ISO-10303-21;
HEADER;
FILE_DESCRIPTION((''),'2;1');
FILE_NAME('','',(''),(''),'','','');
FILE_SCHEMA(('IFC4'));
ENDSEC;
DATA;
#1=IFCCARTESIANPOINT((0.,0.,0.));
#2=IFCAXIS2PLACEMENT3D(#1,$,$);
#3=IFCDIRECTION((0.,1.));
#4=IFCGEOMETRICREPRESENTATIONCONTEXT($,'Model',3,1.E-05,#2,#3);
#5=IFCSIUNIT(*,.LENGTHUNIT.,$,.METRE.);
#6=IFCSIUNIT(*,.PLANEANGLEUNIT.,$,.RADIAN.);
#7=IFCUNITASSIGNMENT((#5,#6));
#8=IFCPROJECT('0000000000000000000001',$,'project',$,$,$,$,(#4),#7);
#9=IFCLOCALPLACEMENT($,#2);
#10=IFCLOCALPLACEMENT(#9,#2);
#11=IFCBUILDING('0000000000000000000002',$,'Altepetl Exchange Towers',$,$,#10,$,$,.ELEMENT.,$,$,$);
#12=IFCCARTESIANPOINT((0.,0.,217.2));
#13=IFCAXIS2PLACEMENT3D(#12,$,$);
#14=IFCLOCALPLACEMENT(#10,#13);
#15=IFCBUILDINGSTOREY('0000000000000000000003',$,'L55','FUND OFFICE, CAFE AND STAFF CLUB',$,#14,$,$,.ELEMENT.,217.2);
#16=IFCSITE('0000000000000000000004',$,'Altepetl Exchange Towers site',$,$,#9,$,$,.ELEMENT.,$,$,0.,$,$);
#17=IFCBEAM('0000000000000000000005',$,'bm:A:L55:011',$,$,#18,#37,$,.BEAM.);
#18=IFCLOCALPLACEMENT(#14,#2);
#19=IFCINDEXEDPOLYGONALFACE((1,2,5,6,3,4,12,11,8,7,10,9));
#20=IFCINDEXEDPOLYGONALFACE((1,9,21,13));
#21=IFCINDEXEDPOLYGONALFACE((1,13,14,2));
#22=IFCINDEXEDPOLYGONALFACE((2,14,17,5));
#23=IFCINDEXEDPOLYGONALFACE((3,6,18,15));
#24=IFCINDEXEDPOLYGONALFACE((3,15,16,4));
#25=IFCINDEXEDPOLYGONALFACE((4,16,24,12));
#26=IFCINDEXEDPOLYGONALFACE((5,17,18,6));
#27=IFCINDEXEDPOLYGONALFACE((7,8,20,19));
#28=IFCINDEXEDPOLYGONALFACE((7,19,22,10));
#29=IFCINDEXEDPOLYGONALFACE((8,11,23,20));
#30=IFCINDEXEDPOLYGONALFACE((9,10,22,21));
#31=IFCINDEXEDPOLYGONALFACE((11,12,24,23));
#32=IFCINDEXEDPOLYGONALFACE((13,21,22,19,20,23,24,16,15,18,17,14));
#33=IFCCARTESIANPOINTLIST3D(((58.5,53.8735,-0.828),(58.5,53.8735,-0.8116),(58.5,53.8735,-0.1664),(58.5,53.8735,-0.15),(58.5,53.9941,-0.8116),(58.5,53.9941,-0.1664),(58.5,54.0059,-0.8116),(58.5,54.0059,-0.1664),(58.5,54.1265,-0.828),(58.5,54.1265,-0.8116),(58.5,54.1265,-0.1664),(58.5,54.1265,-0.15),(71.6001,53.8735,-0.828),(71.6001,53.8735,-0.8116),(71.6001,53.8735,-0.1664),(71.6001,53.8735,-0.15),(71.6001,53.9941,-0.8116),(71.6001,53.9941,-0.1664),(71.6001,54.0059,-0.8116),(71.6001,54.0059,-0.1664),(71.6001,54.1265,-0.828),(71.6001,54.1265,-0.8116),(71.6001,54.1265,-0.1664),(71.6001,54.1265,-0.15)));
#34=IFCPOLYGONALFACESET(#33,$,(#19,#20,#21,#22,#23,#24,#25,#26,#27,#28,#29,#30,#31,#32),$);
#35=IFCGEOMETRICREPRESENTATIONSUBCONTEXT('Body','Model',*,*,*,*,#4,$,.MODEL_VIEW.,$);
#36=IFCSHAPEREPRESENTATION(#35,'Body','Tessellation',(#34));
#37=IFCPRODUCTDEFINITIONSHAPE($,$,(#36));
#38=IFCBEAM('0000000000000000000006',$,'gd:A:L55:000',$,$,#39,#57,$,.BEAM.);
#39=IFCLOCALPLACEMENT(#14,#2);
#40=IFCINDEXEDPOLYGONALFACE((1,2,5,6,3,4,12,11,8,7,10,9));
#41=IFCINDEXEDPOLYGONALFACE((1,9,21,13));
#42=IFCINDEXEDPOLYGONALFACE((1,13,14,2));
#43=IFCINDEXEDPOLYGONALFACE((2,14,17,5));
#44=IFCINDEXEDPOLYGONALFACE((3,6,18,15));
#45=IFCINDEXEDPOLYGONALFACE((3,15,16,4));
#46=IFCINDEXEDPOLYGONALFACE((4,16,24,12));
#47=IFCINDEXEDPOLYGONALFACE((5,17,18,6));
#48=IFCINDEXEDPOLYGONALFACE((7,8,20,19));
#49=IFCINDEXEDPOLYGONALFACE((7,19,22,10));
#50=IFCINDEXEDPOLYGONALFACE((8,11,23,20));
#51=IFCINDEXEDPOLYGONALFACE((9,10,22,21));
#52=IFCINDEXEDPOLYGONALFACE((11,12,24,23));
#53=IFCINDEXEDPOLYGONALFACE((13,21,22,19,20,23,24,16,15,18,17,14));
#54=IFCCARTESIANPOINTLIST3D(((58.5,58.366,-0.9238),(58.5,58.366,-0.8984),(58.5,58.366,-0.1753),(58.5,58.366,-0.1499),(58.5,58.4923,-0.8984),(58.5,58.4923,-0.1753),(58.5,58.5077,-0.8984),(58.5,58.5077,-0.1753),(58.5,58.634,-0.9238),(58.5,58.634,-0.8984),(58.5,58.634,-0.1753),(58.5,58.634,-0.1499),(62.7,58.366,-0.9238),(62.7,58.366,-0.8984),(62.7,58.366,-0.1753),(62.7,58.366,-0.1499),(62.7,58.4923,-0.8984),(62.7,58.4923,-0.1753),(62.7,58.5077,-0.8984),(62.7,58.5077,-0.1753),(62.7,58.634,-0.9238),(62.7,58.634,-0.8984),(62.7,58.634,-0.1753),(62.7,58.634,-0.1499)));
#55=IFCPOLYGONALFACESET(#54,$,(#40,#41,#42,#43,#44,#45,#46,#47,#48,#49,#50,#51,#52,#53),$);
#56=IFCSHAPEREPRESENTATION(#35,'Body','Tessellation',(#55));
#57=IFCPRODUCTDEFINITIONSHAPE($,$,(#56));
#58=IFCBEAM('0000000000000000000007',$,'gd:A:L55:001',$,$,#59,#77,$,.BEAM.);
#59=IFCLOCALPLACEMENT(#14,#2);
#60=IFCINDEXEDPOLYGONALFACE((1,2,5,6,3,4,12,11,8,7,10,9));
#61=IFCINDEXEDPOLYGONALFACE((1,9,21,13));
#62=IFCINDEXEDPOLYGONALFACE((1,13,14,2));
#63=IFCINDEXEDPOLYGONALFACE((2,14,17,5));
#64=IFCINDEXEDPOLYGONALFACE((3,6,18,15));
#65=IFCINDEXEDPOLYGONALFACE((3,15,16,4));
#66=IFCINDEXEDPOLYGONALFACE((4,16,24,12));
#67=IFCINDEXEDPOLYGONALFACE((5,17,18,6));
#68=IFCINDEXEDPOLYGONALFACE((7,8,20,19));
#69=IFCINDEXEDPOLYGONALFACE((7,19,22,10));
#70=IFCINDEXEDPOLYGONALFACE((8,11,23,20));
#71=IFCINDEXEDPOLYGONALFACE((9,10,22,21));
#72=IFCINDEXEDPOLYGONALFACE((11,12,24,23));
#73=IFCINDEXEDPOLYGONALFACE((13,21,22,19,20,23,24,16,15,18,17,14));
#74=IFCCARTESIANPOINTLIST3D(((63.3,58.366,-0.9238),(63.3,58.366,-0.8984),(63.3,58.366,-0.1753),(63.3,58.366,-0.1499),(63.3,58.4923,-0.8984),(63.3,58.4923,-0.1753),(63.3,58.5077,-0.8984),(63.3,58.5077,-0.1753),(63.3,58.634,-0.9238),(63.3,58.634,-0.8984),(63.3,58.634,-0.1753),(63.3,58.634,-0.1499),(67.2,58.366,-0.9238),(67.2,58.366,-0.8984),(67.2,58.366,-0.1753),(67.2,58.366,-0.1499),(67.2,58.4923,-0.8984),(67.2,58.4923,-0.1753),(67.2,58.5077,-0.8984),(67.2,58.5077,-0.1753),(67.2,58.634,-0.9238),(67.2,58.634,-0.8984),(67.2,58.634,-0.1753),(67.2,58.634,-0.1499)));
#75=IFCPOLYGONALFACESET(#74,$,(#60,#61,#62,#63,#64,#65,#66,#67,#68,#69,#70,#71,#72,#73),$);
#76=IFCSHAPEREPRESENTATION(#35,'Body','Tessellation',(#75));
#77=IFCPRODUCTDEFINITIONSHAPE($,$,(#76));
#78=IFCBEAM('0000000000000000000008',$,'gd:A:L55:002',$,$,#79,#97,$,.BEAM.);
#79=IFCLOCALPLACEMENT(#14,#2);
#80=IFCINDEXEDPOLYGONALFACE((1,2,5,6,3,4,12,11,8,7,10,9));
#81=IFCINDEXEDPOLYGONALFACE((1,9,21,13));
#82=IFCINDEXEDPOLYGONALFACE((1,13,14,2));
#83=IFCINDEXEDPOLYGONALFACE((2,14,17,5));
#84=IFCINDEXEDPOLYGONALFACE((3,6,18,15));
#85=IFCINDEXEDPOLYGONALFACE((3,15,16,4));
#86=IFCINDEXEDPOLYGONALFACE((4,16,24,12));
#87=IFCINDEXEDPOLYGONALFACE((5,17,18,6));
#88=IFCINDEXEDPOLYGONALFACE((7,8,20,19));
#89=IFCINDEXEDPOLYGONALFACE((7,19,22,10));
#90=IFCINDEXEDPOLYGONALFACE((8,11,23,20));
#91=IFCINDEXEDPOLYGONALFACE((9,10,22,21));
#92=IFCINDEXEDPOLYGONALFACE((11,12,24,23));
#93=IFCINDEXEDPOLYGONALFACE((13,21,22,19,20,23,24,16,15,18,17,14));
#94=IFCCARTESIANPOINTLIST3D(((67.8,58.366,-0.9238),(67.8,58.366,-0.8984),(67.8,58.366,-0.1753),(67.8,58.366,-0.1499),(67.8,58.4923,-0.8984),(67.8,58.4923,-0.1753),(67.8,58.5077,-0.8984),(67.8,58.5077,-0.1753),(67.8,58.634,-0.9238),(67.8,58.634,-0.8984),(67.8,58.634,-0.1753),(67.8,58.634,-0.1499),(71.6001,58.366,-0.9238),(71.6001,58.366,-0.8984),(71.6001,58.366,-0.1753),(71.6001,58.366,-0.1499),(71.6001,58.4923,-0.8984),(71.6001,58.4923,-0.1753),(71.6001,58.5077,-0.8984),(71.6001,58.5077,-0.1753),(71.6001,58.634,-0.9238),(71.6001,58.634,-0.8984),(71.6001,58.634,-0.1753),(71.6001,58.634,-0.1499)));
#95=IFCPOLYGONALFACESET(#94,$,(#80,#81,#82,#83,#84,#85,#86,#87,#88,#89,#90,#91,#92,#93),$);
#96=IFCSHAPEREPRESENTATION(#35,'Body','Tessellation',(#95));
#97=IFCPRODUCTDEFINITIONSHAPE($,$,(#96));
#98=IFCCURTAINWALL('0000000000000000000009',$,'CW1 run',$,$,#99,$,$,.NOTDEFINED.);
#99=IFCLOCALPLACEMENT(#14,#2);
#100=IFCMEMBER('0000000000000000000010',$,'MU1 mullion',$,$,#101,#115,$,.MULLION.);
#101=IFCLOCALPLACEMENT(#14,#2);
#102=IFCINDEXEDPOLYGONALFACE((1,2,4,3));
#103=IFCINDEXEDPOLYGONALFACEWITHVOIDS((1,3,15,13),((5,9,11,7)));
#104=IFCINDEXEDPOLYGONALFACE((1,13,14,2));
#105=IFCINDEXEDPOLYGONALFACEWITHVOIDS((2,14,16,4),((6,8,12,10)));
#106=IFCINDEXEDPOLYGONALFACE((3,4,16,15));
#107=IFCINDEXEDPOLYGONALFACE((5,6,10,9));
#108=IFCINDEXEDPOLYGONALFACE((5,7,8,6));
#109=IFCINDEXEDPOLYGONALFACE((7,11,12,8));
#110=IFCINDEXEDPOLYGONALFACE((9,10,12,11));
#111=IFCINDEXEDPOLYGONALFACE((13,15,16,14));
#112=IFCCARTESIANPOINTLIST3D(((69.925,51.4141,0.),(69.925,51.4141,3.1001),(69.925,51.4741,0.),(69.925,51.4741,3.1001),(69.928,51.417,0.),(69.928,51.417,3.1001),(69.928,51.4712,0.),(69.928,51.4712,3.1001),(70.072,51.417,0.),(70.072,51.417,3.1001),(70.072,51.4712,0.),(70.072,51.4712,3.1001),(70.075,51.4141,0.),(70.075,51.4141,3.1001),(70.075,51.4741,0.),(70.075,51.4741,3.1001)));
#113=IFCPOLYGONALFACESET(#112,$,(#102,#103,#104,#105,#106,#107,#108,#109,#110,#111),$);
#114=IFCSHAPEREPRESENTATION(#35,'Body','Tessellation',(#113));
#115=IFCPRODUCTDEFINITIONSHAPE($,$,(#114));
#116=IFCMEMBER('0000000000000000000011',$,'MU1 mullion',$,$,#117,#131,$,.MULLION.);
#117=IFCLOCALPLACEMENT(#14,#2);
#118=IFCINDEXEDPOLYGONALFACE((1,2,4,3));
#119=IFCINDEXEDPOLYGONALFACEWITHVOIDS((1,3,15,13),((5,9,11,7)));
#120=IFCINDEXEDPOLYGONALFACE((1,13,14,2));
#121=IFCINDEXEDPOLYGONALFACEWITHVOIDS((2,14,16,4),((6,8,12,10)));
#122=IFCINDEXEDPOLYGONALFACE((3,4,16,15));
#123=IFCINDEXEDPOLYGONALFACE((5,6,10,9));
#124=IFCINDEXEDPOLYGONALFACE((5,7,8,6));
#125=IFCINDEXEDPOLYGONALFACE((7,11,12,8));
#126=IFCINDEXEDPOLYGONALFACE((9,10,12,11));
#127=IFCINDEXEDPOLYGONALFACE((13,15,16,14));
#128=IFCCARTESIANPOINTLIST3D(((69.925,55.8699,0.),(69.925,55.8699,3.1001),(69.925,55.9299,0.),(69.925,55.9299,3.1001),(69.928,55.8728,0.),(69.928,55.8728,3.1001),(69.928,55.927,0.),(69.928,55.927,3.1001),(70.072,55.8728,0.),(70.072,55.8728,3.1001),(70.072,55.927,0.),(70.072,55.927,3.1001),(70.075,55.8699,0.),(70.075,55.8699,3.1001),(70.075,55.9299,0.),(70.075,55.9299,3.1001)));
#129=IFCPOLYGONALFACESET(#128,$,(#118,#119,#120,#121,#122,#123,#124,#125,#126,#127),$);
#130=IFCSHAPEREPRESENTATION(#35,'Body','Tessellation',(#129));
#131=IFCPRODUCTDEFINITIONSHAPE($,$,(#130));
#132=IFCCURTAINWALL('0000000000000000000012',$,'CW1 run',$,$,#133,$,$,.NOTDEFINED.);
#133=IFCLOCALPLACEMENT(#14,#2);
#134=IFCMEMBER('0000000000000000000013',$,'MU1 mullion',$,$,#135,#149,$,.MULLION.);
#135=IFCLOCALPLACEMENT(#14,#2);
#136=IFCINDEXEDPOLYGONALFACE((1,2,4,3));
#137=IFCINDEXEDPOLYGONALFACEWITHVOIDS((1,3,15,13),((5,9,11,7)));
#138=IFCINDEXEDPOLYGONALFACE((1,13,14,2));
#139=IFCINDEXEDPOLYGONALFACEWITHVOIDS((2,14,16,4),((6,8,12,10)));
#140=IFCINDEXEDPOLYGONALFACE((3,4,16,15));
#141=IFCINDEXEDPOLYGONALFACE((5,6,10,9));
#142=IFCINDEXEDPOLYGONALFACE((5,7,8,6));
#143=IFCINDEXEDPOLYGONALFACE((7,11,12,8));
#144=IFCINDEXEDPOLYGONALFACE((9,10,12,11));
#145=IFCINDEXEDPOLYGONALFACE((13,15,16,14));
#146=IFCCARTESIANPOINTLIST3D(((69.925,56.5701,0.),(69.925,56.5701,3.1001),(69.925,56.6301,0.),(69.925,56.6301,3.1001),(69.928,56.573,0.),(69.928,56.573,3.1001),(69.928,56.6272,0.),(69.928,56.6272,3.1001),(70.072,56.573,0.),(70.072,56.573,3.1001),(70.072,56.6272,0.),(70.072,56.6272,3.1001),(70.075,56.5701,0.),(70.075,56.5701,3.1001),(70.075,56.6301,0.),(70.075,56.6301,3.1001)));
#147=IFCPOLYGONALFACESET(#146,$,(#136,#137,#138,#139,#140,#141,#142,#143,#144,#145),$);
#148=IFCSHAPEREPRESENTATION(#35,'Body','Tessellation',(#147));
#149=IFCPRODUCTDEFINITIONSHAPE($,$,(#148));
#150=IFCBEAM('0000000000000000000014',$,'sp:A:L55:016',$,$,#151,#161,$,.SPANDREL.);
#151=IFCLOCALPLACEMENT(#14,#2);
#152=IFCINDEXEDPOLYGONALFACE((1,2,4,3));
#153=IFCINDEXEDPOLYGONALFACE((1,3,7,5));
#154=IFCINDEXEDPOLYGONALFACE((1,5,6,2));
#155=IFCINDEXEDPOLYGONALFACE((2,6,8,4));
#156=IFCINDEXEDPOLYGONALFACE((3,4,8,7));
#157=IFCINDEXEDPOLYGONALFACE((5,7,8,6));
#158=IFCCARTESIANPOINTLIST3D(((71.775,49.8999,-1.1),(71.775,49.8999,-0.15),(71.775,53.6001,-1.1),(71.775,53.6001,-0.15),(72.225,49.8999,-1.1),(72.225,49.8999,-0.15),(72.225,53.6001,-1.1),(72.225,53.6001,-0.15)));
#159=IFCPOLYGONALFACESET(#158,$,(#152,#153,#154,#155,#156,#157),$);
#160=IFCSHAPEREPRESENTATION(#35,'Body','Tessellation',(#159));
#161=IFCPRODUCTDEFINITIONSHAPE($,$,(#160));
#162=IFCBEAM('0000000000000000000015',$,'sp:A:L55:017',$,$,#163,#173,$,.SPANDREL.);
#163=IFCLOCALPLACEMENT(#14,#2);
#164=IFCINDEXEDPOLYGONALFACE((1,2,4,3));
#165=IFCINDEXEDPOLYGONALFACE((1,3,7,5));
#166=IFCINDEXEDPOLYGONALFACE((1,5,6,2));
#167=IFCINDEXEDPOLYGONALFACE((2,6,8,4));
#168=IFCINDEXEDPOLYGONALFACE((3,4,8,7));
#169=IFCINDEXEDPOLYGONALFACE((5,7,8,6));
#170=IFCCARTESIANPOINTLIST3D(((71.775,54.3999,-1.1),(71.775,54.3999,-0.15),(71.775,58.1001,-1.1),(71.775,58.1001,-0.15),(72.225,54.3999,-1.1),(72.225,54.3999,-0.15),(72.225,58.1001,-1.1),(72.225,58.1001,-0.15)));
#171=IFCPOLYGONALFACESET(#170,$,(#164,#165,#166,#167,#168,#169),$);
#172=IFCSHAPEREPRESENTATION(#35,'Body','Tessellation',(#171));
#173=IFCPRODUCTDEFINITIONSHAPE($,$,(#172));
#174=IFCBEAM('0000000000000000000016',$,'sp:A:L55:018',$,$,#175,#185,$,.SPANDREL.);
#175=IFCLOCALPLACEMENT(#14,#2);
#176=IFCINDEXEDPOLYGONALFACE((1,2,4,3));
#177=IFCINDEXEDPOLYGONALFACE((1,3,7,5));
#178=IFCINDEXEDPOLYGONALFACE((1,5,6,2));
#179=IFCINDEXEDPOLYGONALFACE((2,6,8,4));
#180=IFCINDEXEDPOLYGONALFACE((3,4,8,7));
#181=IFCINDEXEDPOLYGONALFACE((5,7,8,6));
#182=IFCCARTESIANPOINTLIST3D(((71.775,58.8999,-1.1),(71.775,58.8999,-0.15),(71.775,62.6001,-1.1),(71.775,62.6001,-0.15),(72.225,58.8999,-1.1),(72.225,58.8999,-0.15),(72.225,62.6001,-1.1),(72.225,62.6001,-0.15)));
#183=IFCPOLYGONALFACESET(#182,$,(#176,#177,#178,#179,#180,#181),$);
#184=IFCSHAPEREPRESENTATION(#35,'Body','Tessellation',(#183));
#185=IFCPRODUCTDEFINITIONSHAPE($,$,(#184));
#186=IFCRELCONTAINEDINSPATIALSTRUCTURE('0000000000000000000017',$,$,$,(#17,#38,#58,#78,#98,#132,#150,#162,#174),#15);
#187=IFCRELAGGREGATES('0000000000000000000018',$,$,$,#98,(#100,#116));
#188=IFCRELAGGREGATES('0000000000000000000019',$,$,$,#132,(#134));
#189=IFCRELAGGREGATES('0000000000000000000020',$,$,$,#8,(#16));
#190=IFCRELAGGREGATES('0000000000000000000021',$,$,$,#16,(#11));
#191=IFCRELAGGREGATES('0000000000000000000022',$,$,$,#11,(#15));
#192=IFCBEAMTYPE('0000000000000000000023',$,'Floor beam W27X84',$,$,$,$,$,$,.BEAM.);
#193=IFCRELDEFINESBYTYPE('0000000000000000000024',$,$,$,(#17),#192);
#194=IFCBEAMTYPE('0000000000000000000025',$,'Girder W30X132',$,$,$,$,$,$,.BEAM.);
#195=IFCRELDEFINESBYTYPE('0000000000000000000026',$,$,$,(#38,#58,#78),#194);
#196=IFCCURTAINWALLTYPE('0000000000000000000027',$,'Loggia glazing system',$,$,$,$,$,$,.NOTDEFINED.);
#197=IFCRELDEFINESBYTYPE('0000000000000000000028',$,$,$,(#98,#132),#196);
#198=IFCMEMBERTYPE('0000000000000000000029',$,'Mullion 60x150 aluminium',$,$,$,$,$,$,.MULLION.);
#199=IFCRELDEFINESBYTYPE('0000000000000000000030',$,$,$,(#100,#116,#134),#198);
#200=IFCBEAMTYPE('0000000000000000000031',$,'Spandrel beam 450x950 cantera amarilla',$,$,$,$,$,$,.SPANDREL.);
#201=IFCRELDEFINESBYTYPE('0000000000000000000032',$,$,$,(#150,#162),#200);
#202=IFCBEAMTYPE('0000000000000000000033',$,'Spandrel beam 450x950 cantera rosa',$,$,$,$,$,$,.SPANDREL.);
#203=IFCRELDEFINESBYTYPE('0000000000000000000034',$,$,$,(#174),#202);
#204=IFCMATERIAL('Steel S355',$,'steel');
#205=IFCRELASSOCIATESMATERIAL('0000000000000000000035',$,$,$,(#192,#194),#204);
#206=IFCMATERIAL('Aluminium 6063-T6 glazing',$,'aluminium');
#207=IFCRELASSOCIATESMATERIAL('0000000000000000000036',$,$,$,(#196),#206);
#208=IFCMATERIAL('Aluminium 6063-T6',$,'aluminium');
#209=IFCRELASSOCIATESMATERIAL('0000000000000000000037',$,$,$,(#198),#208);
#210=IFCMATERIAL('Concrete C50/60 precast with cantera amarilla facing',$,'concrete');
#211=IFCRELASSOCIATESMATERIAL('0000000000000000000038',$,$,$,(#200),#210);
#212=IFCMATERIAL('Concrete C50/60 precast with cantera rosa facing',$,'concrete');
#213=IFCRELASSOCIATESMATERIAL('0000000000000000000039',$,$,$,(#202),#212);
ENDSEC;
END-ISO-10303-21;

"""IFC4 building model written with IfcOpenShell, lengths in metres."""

from ifc_helpers import new_model, si_unit, direction, frame, origin, origin_2d, place, context, subcontext, project, spatial, rectangle, hollow_rectangle, i_section, extrude, material, material_profile, profile_set, type_object, element, aggregate, save


model = new_model("IFC4")

# Units and contexts
model_context = context("Model", 3, precision=1e-05, world=origin(), true_north=direction((0.0, 1.0)))
body_context = subcontext(model_context, "Body", "Model", "MODEL_VIEW")
ifc_project = project(units=[si_unit("LENGTHUNIT", "METRE"), si_unit("PLANEANGLEUNIT", "RADIAN")], contexts=[model_context])

# Site, building, storey
site_placement = place(None, origin())
site = spatial("IfcSite", under=ifc_project, at=site_placement, Name="Altepetl Exchange Towers site", CompositionType="ELEMENT", RefElevation=0.0)
building_placement = place(site_placement, origin())
building = spatial("IfcBuilding", under=site, at=building_placement, Name="Altepetl Exchange Towers", CompositionType="ELEMENT")
storey_placement = place(building_placement, frame((0.0, 0.0, 217.2)))
storey = spatial("IfcBuildingStorey", under=building, at=storey_placement, Name="L55", Description="FUND OFFICE, CAFE AND STAFF CLUB", CompositionType="ELEMENT", Elevation=217.2)

# Beams
ifc_material_1 = material(Name="Steel S355", Category="steel")
ifc_material_profile_1 = material_profile(ifc_material_1, i_section(OverallWidth=0.2529, OverallDepth=0.678, WebThickness=0.0117, FlangeThickness=0.0164, at=origin_2d()), Name="W27X84")
ifc_profile_set_1 = profile_set([ifc_material_profile_1], Name="Steel S355")
beam_type_1 = type_object("IfcBeamType", Name="Floor beam W27X84", PredefinedType="BEAM", material=ifc_profile_set_1)
for number, where, z_axis, x_axis, name in (
    (1, (58.5, 54.0, -0.489), (1.0, 0.0, 0.0), (0.0, 1.0, 0.0), "bm:A:L55:011"),
):
    element("IfcBeam", number, at=place(storey_placement, frame(where, z_axis=z_axis, x_axis=x_axis)), inside=storey, type_object=beam_type_1, Name=name, PredefinedType="BEAM", context=body_context, shape_type="SweptSolid", body=[
        extrude(i_section(OverallWidth=0.2529, OverallDepth=0.678, WebThickness=0.0117, FlangeThickness=0.0164, at=origin_2d()), origin(), (0.0, 0.0, 1.0), 13.1001),
    ])
ifc_material_profile_2 = material_profile(ifc_material_1, i_section(OverallWidth=0.2681, OverallDepth=0.7739, WebThickness=0.0154, FlangeThickness=0.0254, at=origin_2d()), Name="W30X132")
ifc_profile_set_2 = profile_set([ifc_material_profile_2], Name="Steel S355")
beam_type_2 = type_object("IfcBeamType", Name="Girder W30X132", PredefinedType="BEAM", material=ifc_profile_set_2)
beam_1_placement = place(storey_placement, frame((58.5, 58.5, -0.5369), z_axis=(1.0, 0.0, 0.0), x_axis=(0.0, 1.0, 0.0)))
element("IfcBeam", 2, at=beam_1_placement, inside=storey, type_object=beam_type_2, Name="gd:A:L55:000", PredefinedType="BEAM", context=body_context, shape_type="SweptSolid", body=[
    extrude(i_section(OverallWidth=0.2681, OverallDepth=0.7739, WebThickness=0.0154, FlangeThickness=0.0254, at=origin_2d()), origin(), (0.0, 0.0, 1.0), 4.2),
])
beam_2_placement = place(storey_placement, frame((63.3, 58.5, -0.5369), z_axis=(1.0, 0.0, 0.0), x_axis=(0.0, 1.0, 0.0)))
element("IfcBeam", 3, at=beam_2_placement, inside=storey, type_object=beam_type_2, Name="gd:A:L55:001", PredefinedType="BEAM", context=body_context, shape_type="SweptSolid", body=[
    extrude(i_section(OverallWidth=0.2681, OverallDepth=0.7739, WebThickness=0.0154, FlangeThickness=0.0254, at=origin_2d()), origin(), (0.0, 0.0, 1.0), 3.8999),
])
beam_3_placement = place(storey_placement, frame((67.8, 58.5, -0.5369), z_axis=(1.0, 0.0, 0.0), x_axis=(0.0, 1.0, 0.0)))
element("IfcBeam", 4, at=beam_3_placement, inside=storey, type_object=beam_type_2, Name="gd:A:L55:002", PredefinedType="BEAM", context=body_context, shape_type="SweptSolid", body=[
    extrude(i_section(OverallWidth=0.2681, OverallDepth=0.7739, WebThickness=0.0154, FlangeThickness=0.0254, at=origin_2d()), origin(), (0.0, 0.0, 1.0), 3.8),
])

# Curtain wall, members
ifc_material_2 = material(Name="Aluminium 6063-T6 glazing", Category="aluminium")
curtain_wall_type = type_object("IfcCurtainWallType", Name="Loggia glazing system", PredefinedType="NOTDEFINED", material=ifc_material_2)
curtain_wall_1_placement = place(storey_placement, origin())
curtain_wall_1 = element("IfcCurtainWall", 5, at=curtain_wall_1_placement, inside=storey, type_object=curtain_wall_type, Name="CW1 run", PredefinedType="NOTDEFINED")
ifc_material_3 = material(Name="Aluminium 6063-T6", Category="aluminium")
ifc_material_profile_3 = material_profile(ifc_material_3, hollow_rectangle(XDim=0.0601, YDim=0.1499, WallThickness=0.0029, at=origin_2d()), Name="Mullion 60x150 aluminium")
ifc_profile_set_3 = profile_set([ifc_material_profile_3], Name="Aluminium 6063-T6")
member_type = type_object("IfcMemberType", Name="Mullion 60x150 aluminium", PredefinedType="MULLION", material=ifc_profile_set_3)
member_1_placement = place(storey_placement, frame((70.0, 51.4441, 0.0), z_axis=(0.0, 0.0, 1.0), x_axis=(0.0, 1.0, 0.0)))
member_1 = element("IfcMember", 6, at=member_1_placement, type_object=member_type, Name="MU1 mullion", PredefinedType="MULLION", context=body_context, shape_type="SweptSolid", body=[
    extrude(hollow_rectangle(XDim=0.0601, YDim=0.1499, WallThickness=0.0029, at=origin_2d()), origin(), (0.0, 0.0, 1.0), 3.1001),
])
member_2_placement = place(storey_placement, frame((70.0, 55.8999, 0.0), z_axis=(0.0, 0.0, 1.0), x_axis=(0.0, 1.0, 0.0)))
member_2 = element("IfcMember", 7, at=member_2_placement, type_object=member_type, Name="MU1 mullion", PredefinedType="MULLION", context=body_context, shape_type="SweptSolid", body=[
    extrude(hollow_rectangle(XDim=0.0601, YDim=0.1499, WallThickness=0.0029, at=origin_2d()), origin(), (0.0, 0.0, 1.0), 3.1001),
])

# Curtain wall, member
curtain_wall_2_placement = place(storey_placement, origin())
curtain_wall_2 = element("IfcCurtainWall", 8, at=curtain_wall_2_placement, inside=storey, type_object=curtain_wall_type, Name="CW1 run", PredefinedType="NOTDEFINED")
member_3_placement = place(storey_placement, frame((70.0, 56.6001, 0.0), z_axis=(0.0, 0.0, 1.0), x_axis=(0.0, 1.0, 0.0)))
member_3 = element("IfcMember", 9, at=member_3_placement, type_object=member_type, Name="MU1 mullion", PredefinedType="MULLION", context=body_context, shape_type="SweptSolid", body=[
    extrude(hollow_rectangle(XDim=0.0601, YDim=0.1499, WallThickness=0.0029, at=origin_2d()), origin(), (0.0, 0.0, 1.0), 3.1001),
])

# Beams
ifc_material_4 = material(Name="Concrete C50/60 precast with cantera amarilla facing", Category="concrete")
ifc_material_profile_4 = material_profile(ifc_material_4, rectangle(XDim=0.45, YDim=0.95, at=origin_2d()), Name="450 x 950")
ifc_profile_set_4 = profile_set([ifc_material_profile_4], Name="Concrete C50/60 precast with cantera amarilla facing")
beam_type_3 = type_object("IfcBeamType", Name="Spandrel beam 450x950 cantera amarilla", PredefinedType="SPANDREL", material=ifc_profile_set_4)
for number, where, z_axis, x_axis, name in (
    (10, (72.0, 49.8999, -0.625), (0.0, 1.0, 0.0), (-1.0, 0.0, 0.0), "sp:A:L55:016"),
    (11, (72.0, 54.3999, -0.625), (0.0, 1.0, 0.0), (-1.0, 0.0, 0.0), "sp:A:L55:017"),
):
    element("IfcBeam", number, at=place(storey_placement, frame(where, z_axis=z_axis, x_axis=x_axis)), inside=storey, type_object=beam_type_3, Name=name, PredefinedType="SPANDREL", context=body_context, shape_type="SweptSolid", body=[
        extrude(rectangle(XDim=0.45, YDim=0.95, at=origin_2d()), origin(), (0.0, 0.0, 1.0), 3.7002),
    ])
ifc_material_5 = material(Name="Concrete C50/60 precast with cantera rosa facing", Category="concrete")
ifc_material_profile_5 = material_profile(ifc_material_5, rectangle(XDim=0.45, YDim=0.95, at=origin_2d()), Name="450 x 950")
ifc_profile_set_5 = profile_set([ifc_material_profile_5], Name="Concrete C50/60 precast with cantera rosa facing")
beam_type_4 = type_object("IfcBeamType", Name="Spandrel beam 450x950 cantera rosa", PredefinedType="SPANDREL", material=ifc_profile_set_5)
beam_4_placement = place(storey_placement, frame((72.0, 58.8999, -0.625), z_axis=(0.0, 1.0, 0.0), x_axis=(-1.0, 0.0, 0.0)))
element("IfcBeam", 12, at=beam_4_placement, inside=storey, type_object=beam_type_4, Name="sp:A:L55:018", PredefinedType="SPANDREL", context=body_context, shape_type="SweptSolid", body=[
    extrude(rectangle(XDim=0.45, YDim=0.95, at=origin_2d()), origin(), (0.0, 0.0, 1.0), 3.7002),
])

aggregate(curtain_wall_1, [member_1, member_2])
aggregate(curtain_wall_2, [member_3])

save(model, "model.ifc")
